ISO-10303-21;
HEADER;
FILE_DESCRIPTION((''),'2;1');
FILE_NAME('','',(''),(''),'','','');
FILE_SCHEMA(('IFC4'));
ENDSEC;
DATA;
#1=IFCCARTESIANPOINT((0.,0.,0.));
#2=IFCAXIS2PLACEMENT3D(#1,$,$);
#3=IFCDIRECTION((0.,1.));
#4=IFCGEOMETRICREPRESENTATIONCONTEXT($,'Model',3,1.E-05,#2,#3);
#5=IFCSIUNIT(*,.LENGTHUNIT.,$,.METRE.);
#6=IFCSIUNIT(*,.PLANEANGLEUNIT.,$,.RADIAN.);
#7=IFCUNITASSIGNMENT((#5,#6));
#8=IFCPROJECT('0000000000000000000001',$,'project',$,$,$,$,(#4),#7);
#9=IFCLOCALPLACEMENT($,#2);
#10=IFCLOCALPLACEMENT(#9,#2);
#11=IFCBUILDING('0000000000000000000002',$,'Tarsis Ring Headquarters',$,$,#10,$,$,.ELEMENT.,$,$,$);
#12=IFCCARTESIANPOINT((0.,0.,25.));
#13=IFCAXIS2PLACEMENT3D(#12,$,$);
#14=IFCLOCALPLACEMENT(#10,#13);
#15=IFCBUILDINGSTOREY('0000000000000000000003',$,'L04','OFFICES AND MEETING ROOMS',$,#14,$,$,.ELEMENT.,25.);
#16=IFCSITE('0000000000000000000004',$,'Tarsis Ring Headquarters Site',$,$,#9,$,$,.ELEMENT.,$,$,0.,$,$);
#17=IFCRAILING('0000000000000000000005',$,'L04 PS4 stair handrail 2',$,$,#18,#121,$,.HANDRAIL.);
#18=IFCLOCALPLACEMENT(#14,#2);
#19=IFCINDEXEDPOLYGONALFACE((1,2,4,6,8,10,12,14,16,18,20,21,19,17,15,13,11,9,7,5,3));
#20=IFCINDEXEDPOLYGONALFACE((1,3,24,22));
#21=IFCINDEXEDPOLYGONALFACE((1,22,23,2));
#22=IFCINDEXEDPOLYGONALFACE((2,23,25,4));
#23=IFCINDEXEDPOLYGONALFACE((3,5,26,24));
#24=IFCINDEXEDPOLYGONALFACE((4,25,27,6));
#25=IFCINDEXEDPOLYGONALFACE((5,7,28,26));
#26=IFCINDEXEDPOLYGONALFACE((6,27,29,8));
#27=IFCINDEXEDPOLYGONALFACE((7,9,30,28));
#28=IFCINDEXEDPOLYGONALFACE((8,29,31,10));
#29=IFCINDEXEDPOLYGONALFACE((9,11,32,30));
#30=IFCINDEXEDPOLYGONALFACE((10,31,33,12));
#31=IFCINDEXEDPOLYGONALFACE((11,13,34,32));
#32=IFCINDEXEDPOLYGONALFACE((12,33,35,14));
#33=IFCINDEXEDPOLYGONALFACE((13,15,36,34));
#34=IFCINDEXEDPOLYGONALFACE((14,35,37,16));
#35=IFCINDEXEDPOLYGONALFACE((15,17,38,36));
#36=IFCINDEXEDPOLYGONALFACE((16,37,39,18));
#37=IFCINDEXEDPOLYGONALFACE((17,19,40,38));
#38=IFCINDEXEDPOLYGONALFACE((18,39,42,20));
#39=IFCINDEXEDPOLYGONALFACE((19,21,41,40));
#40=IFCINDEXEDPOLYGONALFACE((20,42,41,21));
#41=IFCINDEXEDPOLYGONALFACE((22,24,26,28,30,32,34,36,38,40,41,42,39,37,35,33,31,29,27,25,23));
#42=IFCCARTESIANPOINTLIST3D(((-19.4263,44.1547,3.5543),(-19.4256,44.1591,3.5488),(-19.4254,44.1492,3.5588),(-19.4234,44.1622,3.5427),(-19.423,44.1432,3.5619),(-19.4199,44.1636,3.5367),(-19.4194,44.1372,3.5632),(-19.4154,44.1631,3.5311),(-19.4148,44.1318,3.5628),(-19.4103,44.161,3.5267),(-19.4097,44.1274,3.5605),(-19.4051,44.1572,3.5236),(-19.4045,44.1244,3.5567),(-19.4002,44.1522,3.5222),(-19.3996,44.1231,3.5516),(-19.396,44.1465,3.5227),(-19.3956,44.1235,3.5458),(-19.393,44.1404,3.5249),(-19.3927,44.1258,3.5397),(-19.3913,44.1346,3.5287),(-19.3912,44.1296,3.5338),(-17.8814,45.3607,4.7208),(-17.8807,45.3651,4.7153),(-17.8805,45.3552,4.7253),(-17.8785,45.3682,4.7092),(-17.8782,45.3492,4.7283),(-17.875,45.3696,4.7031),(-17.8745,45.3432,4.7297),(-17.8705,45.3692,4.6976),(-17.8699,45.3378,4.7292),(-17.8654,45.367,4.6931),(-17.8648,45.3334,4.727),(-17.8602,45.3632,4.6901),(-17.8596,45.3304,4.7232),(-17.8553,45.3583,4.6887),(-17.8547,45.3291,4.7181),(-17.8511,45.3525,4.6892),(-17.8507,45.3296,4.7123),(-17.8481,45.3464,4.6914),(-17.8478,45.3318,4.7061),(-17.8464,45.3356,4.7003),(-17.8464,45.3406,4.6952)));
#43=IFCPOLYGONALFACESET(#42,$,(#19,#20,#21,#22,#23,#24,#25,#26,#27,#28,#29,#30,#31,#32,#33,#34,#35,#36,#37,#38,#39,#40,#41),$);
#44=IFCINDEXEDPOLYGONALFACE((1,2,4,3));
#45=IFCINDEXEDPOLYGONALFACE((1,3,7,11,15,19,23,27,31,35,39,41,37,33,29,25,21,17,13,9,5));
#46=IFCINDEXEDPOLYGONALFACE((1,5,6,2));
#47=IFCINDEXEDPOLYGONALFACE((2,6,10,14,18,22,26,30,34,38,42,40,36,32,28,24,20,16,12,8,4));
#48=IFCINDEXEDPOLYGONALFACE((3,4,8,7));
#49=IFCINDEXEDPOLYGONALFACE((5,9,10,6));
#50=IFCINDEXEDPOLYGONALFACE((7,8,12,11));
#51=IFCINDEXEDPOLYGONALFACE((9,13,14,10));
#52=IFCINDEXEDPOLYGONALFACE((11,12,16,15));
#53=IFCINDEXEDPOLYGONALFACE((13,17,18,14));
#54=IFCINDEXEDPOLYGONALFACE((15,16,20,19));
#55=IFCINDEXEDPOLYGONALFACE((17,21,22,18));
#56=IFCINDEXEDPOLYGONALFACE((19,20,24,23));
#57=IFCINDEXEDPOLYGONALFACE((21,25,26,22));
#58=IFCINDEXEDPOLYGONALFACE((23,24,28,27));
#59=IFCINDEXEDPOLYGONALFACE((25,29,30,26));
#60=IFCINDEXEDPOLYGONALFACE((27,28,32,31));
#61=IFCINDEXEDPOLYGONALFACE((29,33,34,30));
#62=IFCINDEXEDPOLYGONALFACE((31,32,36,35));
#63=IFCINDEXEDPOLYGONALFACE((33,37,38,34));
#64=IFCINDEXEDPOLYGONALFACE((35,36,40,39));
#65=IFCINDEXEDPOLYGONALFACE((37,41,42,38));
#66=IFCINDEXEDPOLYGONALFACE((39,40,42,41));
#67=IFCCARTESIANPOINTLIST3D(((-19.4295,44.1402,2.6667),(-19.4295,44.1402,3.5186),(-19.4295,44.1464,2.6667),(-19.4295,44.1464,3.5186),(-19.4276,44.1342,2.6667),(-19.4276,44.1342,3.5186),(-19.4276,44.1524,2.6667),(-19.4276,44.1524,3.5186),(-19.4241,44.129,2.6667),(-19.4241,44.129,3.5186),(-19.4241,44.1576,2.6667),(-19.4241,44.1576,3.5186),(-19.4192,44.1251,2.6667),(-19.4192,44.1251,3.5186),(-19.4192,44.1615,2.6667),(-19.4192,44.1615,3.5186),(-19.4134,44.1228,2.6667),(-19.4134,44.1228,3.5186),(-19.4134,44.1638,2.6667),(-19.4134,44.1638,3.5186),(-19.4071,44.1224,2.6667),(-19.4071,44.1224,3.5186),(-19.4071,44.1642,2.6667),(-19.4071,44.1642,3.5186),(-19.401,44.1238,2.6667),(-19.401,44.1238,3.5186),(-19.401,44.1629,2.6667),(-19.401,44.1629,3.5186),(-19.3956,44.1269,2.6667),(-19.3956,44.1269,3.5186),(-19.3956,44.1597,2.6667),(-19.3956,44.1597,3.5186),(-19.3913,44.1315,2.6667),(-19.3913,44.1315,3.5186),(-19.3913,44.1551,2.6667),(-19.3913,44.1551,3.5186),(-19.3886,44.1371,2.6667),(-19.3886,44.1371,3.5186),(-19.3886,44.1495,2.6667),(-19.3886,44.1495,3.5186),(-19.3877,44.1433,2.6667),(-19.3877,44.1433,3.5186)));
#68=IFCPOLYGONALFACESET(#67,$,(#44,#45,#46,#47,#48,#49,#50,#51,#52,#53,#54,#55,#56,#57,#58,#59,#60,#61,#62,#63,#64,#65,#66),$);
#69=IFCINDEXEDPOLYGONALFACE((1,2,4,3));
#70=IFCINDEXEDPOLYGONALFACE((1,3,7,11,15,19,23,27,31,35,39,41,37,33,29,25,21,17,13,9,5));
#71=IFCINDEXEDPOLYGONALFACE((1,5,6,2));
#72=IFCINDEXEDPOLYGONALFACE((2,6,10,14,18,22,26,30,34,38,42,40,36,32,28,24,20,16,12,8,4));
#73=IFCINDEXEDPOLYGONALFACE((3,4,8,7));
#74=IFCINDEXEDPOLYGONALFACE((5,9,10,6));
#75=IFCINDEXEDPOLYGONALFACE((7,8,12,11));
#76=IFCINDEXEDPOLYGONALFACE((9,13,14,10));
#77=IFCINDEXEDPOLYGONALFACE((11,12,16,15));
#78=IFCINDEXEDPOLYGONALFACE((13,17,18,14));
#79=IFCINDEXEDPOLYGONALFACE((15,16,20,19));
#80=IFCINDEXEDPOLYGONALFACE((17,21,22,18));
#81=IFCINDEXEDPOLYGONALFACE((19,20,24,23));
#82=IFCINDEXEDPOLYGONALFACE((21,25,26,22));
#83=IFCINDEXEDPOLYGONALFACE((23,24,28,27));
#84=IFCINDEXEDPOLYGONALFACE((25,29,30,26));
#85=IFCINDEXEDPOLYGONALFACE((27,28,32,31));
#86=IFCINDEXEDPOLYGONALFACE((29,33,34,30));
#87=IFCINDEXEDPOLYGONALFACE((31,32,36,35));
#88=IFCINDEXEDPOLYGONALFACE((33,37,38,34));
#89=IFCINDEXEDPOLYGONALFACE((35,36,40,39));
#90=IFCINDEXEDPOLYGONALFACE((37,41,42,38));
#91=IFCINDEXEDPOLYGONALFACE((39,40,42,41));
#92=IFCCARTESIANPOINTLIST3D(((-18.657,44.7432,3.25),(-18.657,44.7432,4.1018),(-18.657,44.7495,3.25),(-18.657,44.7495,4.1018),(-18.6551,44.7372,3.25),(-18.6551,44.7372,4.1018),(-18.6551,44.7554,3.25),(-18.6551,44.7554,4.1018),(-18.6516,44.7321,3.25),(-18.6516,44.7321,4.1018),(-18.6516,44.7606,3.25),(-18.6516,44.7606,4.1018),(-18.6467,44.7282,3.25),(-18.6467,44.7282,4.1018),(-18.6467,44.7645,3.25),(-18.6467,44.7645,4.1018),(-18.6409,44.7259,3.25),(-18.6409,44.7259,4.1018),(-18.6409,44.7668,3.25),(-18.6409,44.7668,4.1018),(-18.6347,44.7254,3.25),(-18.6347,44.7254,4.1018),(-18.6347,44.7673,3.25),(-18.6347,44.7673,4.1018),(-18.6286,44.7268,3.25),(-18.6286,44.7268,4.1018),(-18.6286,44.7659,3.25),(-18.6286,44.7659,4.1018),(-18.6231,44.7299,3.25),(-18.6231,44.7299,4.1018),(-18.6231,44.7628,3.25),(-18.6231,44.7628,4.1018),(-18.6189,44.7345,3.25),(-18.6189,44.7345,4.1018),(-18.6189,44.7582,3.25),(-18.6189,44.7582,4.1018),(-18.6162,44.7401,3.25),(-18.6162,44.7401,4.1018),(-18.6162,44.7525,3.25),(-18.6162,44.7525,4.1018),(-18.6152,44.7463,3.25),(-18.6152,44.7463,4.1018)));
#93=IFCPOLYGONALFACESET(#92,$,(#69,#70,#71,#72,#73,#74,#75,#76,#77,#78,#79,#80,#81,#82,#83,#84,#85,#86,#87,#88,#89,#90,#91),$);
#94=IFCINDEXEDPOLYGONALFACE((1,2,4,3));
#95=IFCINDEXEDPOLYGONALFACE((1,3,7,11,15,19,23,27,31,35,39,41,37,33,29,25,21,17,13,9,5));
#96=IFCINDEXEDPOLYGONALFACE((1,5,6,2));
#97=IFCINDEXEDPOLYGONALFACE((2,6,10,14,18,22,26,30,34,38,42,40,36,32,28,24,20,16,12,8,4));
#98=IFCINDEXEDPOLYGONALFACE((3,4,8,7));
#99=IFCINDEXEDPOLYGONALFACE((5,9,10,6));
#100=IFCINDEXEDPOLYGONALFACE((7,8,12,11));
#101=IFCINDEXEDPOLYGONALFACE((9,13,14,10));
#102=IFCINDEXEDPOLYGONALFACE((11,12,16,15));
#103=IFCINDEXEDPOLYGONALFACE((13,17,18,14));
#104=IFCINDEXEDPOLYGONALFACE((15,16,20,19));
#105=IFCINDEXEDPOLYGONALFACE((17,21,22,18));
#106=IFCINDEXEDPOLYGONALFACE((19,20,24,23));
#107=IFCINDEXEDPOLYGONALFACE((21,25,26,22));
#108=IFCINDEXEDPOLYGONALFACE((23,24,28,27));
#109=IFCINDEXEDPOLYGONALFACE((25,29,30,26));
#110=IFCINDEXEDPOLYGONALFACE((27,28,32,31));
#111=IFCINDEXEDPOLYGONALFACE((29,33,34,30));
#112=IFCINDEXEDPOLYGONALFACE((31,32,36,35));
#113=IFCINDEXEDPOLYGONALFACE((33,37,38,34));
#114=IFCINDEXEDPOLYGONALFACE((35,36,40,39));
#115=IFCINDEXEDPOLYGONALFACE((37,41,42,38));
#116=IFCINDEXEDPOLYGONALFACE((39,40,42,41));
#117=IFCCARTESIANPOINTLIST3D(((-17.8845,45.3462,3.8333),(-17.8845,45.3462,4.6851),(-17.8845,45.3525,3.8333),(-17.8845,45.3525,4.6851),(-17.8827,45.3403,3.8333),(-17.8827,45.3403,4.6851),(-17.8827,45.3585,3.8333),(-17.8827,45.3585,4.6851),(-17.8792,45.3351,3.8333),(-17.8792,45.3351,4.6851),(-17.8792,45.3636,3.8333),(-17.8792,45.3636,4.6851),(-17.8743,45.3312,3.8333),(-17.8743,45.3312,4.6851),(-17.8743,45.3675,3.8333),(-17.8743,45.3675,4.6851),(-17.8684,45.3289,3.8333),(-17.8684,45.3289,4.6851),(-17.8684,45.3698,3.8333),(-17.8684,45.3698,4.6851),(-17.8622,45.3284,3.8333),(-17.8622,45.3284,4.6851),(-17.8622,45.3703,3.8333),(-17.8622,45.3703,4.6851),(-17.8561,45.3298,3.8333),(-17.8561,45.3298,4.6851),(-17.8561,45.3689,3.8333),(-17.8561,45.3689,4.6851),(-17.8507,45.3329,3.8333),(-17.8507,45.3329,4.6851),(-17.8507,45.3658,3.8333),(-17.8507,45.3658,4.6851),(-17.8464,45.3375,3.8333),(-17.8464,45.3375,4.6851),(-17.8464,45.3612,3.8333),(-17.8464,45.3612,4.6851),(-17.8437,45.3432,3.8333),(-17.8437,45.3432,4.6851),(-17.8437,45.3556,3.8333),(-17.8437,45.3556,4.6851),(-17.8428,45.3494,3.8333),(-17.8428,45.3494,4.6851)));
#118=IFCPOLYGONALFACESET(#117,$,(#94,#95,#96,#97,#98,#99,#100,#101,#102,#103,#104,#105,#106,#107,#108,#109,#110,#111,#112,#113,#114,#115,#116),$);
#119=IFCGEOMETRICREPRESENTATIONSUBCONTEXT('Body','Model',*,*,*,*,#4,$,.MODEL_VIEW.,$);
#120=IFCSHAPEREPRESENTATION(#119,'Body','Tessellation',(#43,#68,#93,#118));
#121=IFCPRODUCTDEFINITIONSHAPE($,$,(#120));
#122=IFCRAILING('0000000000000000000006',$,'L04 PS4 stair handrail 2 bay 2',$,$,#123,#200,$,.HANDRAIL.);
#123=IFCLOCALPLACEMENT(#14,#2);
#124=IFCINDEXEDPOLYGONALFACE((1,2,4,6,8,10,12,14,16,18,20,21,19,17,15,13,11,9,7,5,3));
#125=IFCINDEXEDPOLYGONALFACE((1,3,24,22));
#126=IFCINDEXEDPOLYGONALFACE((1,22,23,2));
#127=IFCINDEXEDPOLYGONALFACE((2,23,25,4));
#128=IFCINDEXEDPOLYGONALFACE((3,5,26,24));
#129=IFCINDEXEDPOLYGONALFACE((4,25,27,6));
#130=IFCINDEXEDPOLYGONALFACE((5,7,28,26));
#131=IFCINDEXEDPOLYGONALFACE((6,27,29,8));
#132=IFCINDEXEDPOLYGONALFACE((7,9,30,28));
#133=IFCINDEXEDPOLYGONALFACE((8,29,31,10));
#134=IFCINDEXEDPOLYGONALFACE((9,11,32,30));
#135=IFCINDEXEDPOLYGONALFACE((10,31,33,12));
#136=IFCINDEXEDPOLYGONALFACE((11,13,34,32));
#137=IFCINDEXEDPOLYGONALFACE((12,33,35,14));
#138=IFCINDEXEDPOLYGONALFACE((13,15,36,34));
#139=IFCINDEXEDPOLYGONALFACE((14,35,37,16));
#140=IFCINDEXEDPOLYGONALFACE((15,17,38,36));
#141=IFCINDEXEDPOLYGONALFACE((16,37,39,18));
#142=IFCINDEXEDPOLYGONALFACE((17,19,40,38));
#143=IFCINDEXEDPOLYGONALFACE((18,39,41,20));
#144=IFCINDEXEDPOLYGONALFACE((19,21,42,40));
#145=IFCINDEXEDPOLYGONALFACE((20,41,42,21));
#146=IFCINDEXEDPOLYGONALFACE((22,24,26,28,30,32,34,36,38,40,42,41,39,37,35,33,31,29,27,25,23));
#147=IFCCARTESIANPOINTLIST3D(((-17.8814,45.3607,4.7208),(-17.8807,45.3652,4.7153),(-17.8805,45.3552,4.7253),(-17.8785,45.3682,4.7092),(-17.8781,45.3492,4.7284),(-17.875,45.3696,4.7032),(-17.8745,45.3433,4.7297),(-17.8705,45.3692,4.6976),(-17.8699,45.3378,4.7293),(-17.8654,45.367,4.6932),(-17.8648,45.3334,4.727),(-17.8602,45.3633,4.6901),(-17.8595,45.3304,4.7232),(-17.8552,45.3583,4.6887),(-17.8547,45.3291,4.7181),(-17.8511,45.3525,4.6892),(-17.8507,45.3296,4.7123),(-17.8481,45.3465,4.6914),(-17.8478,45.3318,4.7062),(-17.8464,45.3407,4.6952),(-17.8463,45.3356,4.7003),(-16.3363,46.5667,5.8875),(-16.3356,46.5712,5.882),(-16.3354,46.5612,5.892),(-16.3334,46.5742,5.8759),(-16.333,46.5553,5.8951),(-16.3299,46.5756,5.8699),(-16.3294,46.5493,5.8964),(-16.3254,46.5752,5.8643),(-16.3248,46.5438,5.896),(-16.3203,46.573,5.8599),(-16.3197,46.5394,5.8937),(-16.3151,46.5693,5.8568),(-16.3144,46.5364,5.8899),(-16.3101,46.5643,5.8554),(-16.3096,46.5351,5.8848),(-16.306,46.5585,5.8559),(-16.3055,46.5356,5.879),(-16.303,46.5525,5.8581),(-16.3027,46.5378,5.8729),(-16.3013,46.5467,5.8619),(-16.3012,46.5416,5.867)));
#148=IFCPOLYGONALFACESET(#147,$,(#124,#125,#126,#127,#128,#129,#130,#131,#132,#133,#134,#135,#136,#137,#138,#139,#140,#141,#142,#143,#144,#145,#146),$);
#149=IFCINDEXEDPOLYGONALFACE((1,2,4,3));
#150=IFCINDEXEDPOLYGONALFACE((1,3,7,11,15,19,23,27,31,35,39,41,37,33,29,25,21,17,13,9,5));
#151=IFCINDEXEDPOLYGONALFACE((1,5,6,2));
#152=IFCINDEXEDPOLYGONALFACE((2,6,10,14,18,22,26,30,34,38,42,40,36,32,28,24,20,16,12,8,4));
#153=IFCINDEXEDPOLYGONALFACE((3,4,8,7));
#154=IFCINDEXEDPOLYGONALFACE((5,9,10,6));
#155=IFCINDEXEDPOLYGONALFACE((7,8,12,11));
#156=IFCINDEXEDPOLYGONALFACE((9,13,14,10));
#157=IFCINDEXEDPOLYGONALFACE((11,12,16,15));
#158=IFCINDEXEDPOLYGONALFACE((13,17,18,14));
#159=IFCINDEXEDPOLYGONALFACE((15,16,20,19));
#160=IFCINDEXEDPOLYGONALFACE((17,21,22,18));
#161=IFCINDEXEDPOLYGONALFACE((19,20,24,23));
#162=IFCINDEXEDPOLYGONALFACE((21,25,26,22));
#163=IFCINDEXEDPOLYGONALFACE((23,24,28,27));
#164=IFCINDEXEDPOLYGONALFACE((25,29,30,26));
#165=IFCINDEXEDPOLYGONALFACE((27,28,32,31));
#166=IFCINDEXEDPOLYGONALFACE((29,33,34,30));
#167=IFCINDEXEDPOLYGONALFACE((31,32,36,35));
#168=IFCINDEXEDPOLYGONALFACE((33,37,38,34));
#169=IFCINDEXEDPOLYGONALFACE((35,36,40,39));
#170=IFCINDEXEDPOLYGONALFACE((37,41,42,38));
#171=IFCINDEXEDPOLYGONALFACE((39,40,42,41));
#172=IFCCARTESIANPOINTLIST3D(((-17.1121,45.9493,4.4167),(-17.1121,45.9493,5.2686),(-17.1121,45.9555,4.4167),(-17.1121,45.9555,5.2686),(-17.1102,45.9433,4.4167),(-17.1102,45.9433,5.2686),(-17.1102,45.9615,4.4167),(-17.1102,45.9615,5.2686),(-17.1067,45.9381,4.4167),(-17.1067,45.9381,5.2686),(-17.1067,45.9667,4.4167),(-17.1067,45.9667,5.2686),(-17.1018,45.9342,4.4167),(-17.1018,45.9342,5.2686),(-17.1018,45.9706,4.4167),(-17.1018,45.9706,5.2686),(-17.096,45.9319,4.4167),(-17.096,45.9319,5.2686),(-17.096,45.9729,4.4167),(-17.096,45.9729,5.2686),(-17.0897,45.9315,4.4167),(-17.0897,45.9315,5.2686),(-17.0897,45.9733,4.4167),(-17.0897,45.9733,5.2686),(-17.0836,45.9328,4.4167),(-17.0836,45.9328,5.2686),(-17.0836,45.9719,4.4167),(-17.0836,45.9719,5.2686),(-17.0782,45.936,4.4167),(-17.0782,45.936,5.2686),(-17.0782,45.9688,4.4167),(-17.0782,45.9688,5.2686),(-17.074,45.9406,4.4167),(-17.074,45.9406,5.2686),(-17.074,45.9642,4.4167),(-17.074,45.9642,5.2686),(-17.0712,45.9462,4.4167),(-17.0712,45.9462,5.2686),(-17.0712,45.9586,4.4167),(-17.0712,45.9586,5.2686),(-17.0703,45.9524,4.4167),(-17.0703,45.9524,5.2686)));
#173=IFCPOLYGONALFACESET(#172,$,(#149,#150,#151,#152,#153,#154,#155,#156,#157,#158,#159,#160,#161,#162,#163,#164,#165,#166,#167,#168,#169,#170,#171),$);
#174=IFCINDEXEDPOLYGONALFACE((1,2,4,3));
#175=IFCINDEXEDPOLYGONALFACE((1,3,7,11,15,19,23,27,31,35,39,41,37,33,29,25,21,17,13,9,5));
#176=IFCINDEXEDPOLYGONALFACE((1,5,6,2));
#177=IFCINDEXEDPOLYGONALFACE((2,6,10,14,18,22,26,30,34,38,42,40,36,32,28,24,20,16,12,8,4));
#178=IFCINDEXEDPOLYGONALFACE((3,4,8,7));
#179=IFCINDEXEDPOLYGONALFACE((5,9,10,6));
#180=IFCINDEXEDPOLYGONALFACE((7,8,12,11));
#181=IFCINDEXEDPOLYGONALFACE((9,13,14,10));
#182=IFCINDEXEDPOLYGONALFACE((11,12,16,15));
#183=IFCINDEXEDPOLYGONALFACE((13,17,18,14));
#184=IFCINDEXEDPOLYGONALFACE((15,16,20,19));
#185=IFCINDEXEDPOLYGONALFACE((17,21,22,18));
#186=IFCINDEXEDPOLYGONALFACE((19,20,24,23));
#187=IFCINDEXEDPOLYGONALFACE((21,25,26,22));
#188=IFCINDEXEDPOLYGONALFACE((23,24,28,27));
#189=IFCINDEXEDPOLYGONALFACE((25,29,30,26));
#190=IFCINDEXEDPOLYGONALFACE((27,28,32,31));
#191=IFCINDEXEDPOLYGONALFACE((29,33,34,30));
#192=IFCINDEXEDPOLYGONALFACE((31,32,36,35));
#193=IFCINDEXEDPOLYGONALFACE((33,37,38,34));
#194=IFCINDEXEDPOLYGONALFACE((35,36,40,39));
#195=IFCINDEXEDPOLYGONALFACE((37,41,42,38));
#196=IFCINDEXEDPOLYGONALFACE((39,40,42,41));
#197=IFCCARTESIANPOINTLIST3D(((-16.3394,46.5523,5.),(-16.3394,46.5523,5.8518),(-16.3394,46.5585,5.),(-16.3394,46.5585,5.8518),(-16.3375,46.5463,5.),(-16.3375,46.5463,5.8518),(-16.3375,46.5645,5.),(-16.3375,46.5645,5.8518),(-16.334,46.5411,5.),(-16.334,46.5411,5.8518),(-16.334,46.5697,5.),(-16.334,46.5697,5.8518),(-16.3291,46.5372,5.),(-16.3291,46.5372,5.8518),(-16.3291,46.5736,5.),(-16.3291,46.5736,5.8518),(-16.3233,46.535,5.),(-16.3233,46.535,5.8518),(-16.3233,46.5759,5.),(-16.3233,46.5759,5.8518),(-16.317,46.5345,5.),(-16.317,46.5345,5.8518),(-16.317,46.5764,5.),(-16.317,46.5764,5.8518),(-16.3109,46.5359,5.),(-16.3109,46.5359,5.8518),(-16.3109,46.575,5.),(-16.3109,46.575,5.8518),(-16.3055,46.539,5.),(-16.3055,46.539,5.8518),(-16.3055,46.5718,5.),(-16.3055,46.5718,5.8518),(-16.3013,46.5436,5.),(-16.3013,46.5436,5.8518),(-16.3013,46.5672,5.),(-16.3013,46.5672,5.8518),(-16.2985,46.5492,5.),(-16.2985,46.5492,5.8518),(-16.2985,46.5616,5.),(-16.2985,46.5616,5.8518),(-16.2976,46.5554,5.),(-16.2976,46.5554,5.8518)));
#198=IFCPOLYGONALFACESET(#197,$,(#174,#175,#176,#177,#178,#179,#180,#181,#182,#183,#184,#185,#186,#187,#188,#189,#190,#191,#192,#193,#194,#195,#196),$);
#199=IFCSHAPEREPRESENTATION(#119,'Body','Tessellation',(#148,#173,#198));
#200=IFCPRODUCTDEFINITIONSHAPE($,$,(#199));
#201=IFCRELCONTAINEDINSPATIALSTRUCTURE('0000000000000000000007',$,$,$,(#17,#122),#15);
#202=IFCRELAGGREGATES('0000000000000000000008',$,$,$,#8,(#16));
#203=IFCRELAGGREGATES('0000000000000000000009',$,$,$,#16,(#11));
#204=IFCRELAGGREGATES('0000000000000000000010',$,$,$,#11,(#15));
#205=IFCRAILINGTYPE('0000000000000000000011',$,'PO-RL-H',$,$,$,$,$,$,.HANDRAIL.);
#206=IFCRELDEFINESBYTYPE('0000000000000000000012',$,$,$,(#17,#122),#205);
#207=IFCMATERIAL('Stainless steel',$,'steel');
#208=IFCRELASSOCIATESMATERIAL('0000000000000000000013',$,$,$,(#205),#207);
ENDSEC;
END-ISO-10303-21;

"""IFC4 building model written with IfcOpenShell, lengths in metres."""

from ifc_helpers import new_model, si_unit, direction, frame, origin, origin_2d, place, context, subcontext, project, spatial, circle, extrude, material, type_object, element, save


model = new_model("IFC4")

# Units and contexts
model_context = context("Model", 3, precision=1e-05, world=origin(), true_north=direction((0.0, 1.0)))
body_context = subcontext(model_context, "Body", "Model", "MODEL_VIEW")
ifc_project = project(units=[si_unit("LENGTHUNIT", "METRE"), si_unit("PLANEANGLEUNIT", "RADIAN")], contexts=[model_context])

# Site, building, storey
site_placement = place(None, origin())
site = spatial("IfcSite", under=ifc_project, at=site_placement, Name="Tarsis Ring Headquarters Site", CompositionType="ELEMENT", RefElevation=0.0)
building_placement = place(site_placement, origin())
building = spatial("IfcBuilding", under=site, at=building_placement, Name="Tarsis Ring Headquarters", CompositionType="ELEMENT")
storey_placement = place(building_placement, frame((0.0, 0.0, 25.0)))
storey = spatial("IfcBuildingStorey", under=building, at=storey_placement, Name="L04", Description="OFFICES AND MEETING ROOMS", CompositionType="ELEMENT", Elevation=25.0)

# Railings
ifc_material_1 = material(Name="Stainless steel", Category="steel")
railing_type_1 = type_object("IfcRailingType", Name="PO-RL-H", PredefinedType="HANDRAIL", material=ifc_material_1)
railing_1_placement = place(storey_placement, frame((-19.4087, 44.1433, 2.6667)))
element("IfcRailing", 1, at=railing_1_placement, inside=storey, type_object=railing_type_1, Name="L04 PS4 stair handrail 2", PredefinedType="HANDRAIL", context=body_context, shape_type="SweptSolid", body=[
    extrude(circle(Radius=0.0239, at=origin_2d()), frame((0.0, 0.0, 0.876), z_axis=(0.677357, 0.528784, 0.511443), x_axis=(-0.615354, 0.788251, 0.0)), (0.0, 0.0, 1.0), 2.2808),
    extrude(circle(Radius=0.021, at=origin_2d()), origin(), (0.0, 0.0, 1.0), 0.8518),
    extrude(circle(Radius=0.021, at=origin_2d()), frame((0.7725, 0.603, 0.5833)), (0.0, 0.0, 1.0), 0.8518),
    extrude(circle(Radius=0.021, at=origin_2d()), frame((1.5449, 1.2061, 1.1665)), (0.0, 0.0, 1.0), 0.8518),
])
railing_2_placement = place(storey_placement, frame((-17.8638, 45.3494, 3.8333)))
element("IfcRailing", 2, at=railing_2_placement, inside=storey, type_object=railing_type_1, Name="L04 PS4 stair handrail 2 bay 2", PredefinedType="HANDRAIL", context=body_context, shape_type="SweptSolid", body=[
    extrude(circle(Radius=0.0239, at=origin_2d()), frame((0.0, 0.0, 0.876), z_axis=(0.677378, 0.528717, 0.511485), x_axis=(-0.615294, 0.788298, 0.0)), (0.0, 0.0, 1.0), 2.281),
    extrude(circle(Radius=0.021, at=origin_2d()), frame((0.7725, 0.603, 0.5835)), (0.0, 0.0, 1.0), 0.8518),
    extrude(circle(Radius=0.021, at=origin_2d()), frame((1.5452, 1.2061, 1.1667)), (0.0, 0.0, 1.0), 0.8518),
])

save(model, "model.ifc")
